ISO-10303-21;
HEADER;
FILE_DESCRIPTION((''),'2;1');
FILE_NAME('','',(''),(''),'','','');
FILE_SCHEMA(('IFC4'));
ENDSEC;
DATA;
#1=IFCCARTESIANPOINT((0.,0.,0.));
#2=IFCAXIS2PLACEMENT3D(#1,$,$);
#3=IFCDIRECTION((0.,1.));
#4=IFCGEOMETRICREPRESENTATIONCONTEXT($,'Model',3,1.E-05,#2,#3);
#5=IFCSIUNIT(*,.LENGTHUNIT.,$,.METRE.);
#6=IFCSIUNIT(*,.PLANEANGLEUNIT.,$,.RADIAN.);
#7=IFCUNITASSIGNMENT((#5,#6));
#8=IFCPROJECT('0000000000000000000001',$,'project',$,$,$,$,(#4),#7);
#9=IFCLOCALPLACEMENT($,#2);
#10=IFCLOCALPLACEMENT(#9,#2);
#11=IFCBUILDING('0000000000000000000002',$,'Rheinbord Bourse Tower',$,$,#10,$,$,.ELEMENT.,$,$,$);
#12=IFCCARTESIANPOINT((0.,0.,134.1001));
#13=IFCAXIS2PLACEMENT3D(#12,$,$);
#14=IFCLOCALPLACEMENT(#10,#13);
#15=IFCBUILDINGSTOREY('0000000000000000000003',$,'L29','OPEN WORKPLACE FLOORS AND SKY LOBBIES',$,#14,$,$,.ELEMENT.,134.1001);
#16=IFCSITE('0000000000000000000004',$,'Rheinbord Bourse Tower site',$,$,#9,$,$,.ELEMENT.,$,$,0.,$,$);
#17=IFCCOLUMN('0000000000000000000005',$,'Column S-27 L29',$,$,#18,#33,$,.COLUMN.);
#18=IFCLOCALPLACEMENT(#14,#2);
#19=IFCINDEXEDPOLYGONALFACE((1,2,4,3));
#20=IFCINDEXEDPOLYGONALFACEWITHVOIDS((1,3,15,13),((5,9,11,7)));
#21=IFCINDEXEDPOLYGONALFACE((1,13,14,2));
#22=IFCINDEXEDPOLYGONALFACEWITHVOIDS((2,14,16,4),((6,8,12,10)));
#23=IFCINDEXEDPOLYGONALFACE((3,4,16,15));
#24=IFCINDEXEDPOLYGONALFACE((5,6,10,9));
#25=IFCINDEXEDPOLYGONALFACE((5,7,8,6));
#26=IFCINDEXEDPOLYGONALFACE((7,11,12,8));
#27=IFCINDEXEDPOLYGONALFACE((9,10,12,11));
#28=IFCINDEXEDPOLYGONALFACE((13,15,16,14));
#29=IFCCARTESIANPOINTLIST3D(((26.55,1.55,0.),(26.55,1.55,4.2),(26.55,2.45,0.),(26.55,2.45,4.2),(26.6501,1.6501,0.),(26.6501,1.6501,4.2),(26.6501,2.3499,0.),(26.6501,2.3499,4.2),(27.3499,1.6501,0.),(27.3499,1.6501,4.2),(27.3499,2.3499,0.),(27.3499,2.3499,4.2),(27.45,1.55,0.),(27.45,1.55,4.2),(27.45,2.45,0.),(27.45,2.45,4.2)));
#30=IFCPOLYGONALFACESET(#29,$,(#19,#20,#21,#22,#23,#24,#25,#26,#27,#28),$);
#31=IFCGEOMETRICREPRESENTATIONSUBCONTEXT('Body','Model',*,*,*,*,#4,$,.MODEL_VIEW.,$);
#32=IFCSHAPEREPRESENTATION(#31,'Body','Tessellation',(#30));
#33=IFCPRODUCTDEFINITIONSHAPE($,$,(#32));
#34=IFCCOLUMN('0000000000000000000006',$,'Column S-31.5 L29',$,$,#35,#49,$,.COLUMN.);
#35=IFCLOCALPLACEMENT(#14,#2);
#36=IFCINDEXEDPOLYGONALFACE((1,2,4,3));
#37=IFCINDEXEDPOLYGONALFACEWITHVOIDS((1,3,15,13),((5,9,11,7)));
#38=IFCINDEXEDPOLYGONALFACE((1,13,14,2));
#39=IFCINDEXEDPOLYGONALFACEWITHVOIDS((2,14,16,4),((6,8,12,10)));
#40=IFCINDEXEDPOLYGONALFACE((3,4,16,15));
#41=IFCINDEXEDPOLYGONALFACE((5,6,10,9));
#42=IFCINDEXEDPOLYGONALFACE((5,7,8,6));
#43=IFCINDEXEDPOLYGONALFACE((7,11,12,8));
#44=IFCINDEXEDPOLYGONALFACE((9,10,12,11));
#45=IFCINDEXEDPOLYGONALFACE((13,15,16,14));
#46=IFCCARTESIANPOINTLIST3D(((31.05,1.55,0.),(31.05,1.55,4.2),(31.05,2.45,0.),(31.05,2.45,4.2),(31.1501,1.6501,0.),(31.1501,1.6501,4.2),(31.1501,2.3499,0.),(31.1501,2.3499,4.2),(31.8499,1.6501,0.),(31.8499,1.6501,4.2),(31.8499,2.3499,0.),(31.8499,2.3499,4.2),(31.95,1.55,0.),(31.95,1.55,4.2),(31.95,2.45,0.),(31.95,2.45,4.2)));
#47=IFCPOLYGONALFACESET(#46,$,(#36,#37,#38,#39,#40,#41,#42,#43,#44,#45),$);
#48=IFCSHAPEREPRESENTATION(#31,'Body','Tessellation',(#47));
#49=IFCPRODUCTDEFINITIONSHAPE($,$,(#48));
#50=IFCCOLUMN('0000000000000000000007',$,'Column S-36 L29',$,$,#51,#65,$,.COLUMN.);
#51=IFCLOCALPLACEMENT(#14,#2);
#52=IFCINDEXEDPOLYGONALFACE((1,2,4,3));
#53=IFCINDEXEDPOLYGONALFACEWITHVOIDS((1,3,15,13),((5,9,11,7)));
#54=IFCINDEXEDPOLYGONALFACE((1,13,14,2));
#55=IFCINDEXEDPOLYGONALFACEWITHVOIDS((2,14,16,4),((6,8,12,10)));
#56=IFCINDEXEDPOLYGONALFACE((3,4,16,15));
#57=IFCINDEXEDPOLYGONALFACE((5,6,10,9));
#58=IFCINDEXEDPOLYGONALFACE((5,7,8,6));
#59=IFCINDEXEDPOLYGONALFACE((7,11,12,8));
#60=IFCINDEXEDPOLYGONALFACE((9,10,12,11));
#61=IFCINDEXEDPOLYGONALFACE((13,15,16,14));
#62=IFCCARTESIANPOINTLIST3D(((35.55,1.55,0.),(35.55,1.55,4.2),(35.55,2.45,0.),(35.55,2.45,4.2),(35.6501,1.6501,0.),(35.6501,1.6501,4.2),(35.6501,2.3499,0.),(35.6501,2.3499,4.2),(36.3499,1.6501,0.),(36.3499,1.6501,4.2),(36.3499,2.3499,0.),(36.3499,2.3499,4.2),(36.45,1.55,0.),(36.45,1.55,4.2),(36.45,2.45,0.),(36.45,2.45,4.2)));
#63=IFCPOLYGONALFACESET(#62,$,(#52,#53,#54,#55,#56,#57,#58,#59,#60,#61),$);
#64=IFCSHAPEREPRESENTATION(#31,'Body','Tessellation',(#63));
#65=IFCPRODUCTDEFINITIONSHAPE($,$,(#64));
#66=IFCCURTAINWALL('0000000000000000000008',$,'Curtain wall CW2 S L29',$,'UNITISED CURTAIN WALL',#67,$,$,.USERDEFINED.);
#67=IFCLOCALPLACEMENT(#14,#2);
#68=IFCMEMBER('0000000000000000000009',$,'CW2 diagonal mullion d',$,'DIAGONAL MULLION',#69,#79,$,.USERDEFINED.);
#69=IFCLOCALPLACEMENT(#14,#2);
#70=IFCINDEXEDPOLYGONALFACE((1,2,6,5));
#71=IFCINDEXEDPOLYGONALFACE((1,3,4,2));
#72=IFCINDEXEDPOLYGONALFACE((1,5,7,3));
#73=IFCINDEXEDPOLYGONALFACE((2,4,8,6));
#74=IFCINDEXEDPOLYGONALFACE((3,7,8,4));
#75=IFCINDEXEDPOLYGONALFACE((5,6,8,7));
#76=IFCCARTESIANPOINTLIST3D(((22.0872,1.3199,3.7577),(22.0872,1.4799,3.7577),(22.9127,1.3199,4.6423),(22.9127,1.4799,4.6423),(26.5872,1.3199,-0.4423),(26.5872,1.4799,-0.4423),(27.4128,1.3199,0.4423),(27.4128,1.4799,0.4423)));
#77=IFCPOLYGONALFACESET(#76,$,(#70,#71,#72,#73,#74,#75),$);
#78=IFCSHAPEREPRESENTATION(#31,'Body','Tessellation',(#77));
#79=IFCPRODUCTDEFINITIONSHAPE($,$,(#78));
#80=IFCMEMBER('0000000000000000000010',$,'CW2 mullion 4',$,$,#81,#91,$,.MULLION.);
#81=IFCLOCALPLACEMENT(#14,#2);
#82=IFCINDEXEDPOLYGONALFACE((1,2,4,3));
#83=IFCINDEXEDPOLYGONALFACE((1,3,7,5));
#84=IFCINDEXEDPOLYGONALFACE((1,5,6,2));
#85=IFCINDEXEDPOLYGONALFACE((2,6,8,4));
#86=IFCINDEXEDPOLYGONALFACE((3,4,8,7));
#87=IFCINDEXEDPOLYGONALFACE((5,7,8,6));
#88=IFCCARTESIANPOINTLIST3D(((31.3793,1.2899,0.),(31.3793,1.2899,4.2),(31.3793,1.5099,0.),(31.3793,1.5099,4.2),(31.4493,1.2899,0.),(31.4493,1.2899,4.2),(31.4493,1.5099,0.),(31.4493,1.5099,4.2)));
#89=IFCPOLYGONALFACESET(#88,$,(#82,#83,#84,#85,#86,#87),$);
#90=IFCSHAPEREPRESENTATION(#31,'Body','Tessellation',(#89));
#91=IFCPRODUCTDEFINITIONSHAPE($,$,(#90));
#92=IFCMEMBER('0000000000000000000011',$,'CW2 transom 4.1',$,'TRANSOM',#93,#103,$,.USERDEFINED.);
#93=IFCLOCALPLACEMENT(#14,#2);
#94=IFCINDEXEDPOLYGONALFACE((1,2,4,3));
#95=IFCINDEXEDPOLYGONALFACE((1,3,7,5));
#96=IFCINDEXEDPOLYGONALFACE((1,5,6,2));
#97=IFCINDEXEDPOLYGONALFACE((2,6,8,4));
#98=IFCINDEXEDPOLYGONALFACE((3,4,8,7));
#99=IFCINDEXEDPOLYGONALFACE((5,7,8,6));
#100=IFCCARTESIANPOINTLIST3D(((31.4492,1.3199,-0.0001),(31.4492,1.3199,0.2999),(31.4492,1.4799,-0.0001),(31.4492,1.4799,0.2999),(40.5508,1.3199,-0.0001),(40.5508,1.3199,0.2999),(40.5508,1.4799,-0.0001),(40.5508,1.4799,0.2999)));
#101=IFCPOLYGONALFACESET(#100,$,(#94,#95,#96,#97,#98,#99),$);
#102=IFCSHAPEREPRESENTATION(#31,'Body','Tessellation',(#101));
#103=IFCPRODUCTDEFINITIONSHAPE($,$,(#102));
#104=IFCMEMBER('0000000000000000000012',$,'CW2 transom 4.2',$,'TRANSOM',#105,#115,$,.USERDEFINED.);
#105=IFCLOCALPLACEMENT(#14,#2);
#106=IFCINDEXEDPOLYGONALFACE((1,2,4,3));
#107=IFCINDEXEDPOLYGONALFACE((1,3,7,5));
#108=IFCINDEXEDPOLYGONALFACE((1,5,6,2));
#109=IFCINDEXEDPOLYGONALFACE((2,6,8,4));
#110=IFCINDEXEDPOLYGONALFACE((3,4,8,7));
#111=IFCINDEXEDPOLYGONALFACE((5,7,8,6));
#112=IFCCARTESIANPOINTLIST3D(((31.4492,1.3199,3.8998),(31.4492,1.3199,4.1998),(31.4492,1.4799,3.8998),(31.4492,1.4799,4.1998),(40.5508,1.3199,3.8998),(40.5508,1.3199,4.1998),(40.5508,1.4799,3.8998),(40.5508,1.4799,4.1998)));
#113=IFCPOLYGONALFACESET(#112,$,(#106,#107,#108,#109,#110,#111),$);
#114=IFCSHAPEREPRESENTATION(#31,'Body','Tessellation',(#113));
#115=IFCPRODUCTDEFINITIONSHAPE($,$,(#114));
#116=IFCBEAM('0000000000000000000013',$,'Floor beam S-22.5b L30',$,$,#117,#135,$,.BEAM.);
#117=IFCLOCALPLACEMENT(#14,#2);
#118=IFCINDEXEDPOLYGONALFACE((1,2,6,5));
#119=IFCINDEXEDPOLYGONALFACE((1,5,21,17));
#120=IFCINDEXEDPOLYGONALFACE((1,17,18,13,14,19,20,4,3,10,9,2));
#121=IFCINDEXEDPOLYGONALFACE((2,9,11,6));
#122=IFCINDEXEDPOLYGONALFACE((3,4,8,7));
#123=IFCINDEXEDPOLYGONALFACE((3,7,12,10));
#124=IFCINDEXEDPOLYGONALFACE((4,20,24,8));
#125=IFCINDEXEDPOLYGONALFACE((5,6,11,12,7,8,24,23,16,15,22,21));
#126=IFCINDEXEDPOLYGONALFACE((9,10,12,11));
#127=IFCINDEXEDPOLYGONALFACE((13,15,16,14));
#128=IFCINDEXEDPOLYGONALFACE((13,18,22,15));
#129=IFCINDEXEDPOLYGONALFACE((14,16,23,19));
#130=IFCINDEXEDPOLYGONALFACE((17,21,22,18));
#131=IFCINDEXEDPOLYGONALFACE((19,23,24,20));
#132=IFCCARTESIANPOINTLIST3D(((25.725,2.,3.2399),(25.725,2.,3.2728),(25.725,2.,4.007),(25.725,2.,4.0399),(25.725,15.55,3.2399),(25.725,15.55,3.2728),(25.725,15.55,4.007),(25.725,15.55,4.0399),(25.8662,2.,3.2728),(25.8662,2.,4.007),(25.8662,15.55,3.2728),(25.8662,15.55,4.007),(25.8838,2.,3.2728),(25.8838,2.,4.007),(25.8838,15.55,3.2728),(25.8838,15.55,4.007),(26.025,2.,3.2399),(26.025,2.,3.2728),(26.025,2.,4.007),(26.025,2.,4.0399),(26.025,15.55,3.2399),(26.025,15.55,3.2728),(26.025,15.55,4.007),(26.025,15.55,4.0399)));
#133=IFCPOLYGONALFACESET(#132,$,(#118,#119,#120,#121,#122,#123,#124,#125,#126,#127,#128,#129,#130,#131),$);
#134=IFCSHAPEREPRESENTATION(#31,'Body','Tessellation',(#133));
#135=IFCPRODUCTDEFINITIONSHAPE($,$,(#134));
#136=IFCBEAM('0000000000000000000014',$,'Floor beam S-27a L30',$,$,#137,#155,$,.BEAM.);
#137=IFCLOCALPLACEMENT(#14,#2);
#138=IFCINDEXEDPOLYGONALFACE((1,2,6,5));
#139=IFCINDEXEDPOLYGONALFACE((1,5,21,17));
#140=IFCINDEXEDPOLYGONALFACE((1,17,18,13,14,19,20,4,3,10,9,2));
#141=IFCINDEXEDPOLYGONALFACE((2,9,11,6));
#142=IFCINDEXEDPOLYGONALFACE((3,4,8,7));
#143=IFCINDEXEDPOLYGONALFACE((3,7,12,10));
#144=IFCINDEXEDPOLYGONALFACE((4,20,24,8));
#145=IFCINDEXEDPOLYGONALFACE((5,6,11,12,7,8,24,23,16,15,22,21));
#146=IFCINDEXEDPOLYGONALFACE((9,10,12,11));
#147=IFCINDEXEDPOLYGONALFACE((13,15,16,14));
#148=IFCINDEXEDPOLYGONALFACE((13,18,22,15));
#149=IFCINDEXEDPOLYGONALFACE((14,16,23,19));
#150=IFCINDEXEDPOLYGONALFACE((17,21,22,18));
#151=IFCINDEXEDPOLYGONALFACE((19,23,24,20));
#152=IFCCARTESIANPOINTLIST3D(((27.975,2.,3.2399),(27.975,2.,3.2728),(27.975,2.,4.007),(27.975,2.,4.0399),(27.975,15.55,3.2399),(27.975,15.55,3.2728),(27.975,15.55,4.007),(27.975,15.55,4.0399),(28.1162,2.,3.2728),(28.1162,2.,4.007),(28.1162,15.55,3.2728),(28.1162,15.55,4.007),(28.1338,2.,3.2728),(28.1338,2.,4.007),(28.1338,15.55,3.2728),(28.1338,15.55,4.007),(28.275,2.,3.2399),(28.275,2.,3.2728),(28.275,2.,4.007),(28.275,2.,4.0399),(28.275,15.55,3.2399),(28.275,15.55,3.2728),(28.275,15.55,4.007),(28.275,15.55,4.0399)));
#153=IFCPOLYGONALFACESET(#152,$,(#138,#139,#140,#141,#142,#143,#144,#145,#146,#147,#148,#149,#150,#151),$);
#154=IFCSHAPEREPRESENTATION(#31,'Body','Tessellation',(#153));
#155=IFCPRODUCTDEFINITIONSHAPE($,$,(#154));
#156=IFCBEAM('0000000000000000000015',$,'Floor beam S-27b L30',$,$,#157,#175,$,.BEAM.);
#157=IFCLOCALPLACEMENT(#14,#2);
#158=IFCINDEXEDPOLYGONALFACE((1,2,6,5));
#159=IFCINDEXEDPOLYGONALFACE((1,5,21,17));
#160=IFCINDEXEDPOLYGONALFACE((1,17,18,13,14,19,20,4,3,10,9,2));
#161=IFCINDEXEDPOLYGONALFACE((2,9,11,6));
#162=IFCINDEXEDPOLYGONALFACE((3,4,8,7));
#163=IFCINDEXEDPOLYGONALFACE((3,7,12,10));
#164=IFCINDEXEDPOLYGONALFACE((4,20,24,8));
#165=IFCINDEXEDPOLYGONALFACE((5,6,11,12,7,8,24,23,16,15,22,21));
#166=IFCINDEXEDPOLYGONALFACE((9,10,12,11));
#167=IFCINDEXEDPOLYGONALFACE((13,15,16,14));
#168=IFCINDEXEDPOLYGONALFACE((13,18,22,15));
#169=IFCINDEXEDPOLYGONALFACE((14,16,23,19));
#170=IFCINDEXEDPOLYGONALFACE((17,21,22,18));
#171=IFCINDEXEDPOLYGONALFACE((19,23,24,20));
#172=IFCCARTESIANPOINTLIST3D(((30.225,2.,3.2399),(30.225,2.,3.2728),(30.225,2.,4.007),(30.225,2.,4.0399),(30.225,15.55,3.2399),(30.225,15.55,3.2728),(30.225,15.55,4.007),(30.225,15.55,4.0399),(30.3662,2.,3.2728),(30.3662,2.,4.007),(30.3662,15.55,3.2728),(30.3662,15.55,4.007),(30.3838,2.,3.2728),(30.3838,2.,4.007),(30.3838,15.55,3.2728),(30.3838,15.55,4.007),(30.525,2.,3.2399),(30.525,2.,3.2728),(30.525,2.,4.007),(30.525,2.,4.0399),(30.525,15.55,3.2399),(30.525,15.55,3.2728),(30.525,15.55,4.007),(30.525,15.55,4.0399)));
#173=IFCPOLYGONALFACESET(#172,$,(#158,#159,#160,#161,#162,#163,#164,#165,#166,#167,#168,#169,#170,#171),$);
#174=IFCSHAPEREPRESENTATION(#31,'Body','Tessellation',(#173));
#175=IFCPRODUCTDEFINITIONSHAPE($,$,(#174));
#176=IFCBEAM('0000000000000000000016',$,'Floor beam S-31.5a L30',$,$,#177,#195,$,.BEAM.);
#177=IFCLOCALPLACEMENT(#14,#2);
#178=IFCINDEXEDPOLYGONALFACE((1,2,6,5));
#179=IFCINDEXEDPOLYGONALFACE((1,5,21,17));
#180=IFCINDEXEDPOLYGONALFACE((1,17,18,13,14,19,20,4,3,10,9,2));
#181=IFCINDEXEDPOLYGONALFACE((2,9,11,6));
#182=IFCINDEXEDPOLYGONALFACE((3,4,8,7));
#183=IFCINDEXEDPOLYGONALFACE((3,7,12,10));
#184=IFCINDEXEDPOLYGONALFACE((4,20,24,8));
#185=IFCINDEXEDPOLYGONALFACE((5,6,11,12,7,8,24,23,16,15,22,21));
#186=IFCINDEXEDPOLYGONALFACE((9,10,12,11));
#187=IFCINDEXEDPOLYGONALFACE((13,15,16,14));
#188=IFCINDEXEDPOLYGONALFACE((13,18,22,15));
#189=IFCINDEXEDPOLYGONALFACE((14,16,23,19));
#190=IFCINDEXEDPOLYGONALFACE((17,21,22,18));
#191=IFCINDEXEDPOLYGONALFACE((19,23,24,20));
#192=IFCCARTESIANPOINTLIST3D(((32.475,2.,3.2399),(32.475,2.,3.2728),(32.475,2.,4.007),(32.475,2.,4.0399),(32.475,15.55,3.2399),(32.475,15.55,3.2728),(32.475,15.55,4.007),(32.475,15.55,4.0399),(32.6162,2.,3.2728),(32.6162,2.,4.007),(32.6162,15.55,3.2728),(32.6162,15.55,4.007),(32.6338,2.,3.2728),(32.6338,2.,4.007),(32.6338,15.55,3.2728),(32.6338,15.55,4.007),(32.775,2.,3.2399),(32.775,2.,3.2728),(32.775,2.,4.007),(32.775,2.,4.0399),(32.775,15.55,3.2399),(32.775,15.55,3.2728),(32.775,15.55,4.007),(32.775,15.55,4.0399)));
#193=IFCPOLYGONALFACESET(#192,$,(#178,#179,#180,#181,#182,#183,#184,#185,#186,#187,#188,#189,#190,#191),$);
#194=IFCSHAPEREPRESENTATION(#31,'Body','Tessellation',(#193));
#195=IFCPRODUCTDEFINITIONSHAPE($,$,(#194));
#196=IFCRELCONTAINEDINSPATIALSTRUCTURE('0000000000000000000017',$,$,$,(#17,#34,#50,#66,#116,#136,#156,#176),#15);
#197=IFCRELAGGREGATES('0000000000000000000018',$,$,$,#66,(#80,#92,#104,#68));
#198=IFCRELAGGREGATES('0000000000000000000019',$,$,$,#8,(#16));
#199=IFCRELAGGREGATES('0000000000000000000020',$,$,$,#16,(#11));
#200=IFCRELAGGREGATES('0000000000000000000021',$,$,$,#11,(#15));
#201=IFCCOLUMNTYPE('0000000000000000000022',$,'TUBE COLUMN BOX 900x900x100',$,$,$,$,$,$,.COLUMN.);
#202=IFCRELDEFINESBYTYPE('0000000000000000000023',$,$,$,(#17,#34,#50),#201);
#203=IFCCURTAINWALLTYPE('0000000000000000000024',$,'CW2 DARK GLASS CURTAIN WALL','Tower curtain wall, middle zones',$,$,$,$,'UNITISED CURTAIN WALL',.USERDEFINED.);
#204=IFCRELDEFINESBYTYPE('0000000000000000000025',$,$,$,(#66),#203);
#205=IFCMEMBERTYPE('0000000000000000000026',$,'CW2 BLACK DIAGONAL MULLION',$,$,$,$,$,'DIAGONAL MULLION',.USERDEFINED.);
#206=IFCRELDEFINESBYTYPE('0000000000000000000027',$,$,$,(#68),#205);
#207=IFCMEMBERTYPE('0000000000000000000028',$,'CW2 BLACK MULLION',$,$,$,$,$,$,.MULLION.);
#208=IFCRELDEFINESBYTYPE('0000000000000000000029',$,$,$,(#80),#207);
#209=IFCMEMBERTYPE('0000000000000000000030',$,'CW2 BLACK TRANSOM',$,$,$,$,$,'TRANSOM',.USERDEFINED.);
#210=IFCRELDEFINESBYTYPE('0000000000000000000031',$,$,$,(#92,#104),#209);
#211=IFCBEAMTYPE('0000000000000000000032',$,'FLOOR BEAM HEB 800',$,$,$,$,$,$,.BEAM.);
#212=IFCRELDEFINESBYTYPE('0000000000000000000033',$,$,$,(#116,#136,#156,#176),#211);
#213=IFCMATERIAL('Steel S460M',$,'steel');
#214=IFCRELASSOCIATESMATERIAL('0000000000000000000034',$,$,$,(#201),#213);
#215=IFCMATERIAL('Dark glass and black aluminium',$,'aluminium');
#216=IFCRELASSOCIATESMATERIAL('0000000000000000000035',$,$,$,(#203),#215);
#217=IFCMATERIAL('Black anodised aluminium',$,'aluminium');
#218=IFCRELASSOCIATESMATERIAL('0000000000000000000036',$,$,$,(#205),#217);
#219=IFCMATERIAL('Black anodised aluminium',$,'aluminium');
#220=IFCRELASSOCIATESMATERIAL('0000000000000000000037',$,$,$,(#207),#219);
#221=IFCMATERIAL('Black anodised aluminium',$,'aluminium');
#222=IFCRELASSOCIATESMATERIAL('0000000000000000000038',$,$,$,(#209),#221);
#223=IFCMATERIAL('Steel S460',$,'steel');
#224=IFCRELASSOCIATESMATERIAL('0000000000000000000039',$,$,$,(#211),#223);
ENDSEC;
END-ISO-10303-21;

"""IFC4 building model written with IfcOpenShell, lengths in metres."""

from ifc_helpers import new_model, si_unit, direction, frame, origin, origin_2d, place, context, subcontext, project, spatial, rectangle, hollow_rectangle, i_section, extrude, material, material_profile, profile_set, type_object, element, aggregate, save


model = new_model("IFC4")

# Units and contexts
model_context = context("Model", 3, precision=1e-05, world=origin(), true_north=direction((0.0, 1.0)))
body_context = subcontext(model_context, "Body", "Model", "MODEL_VIEW")
ifc_project = project(units=[si_unit("LENGTHUNIT", "METRE"), si_unit("PLANEANGLEUNIT", "RADIAN")], contexts=[model_context])

# Site, building, storey
site_placement = place(None, origin())
site = spatial("IfcSite", under=ifc_project, at=site_placement, Name="Rheinbord Bourse Tower site", CompositionType="ELEMENT", RefElevation=0.0)
building_placement = place(site_placement, origin())
building = spatial("IfcBuilding", under=site, at=building_placement, Name="Rheinbord Bourse Tower", CompositionType="ELEMENT")
storey_placement = place(building_placement, frame((0.0, 0.0, 134.1001)))
storey = spatial("IfcBuildingStorey", under=building, at=storey_placement, Name="L29", Description="OPEN WORKPLACE FLOORS AND SKY LOBBIES", CompositionType="ELEMENT", Elevation=134.1001)

# Columns
ifc_material_1 = material(Name="Steel S460M", Category="steel")
ifc_material_profile_1 = material_profile(ifc_material_1, hollow_rectangle(XDim=0.8999, YDim=0.8999, WallThickness=0.1001, at=origin_2d()), Name="BOX 900x900x100")
ifc_profile_set_1 = profile_set([ifc_material_profile_1], Name="Steel S460M")
column_type = type_object("IfcColumnType", Name="TUBE COLUMN BOX 900x900x100", PredefinedType="COLUMN", material=ifc_profile_set_1)
for number, where, z_axis, x_axis, name in (
    (1, (27.0, 2.0, 0.0), (0.0, 0.0, 1.0), (0.0, 1.0, 0.0), "Column S-27 L29"),
    (2, (31.5, 2.0, 0.0), (0.0, 0.0, 1.0), (0.0, 1.0, 0.0), "Column S-31.5 L29"),
    (3, (36.0, 2.0, 0.0), (0.0, 0.0, 1.0), (0.0, 1.0, 0.0), "Column S-36 L29"),
):
    element("IfcColumn", number, at=place(storey_placement, frame(where, z_axis=z_axis, x_axis=x_axis)), inside=storey, type_object=column_type, Name=name, PredefinedType="COLUMN", context=body_context, shape_type="SweptSolid", body=[
        extrude(hollow_rectangle(XDim=0.8999, YDim=0.8999, WallThickness=0.1001, at=origin_2d()), origin(), (0.0, 0.0, 1.0), 4.2),
    ])

# Curtain wall, members
ifc_material_2 = material(Name="Dark glass and black aluminium", Category="aluminium")
curtain_wall_type = type_object("IfcCurtainWallType", Name="CW2 DARK GLASS CURTAIN WALL", Description="Tower curtain wall, middle zones", ElementType="UNITISED CURTAIN WALL", PredefinedType="USERDEFINED", material=ifc_material_2)
curtain_wall_placement = place(storey_placement, origin())
curtain_wall = element("IfcCurtainWall", 4, at=curtain_wall_placement, inside=storey, type_object=curtain_wall_type, Name="Curtain wall CW2 S L29", ObjectType="UNITISED CURTAIN WALL", PredefinedType="USERDEFINED")
ifc_material_3 = material(Name="Black anodised aluminium", Category="aluminium")
ifc_material_profile_2 = material_profile(ifc_material_3, rectangle(XDim=0.1599, YDim=1.21, at=origin_2d()), Name="CW2 DIAGONAL MULLION 1210x160")
ifc_profile_set_2 = profile_set([ifc_material_profile_2], Name="Black anodised aluminium")
member_type_1 = type_object("IfcMemberType", Name="CW2 BLACK DIAGONAL MULLION", ElementType="DIAGONAL MULLION", PredefinedType="USERDEFINED", material=ifc_profile_set_2)
member_1_placement = place(storey_placement, frame((27.0, 1.3999, 0.0), z_axis=(-0.731059, 0.0, 0.682314), x_axis=(0.0, -1.0, 0.0)))
member_1 = element("IfcMember", 5, at=member_1_placement, type_object=member_type_1, Name="CW2 diagonal mullion d", ObjectType="DIAGONAL MULLION", PredefinedType="USERDEFINED", context=body_context, shape_type="SweptSolid", body=[
    extrude(rectangle(XDim=0.1599, YDim=1.21, at=origin_2d()), origin(), (0.0, 0.0, 1.0), 6.1555),
])
ifc_material_4 = material(Name="Black anodised aluminium", Category="aluminium")
ifc_material_profile_3 = material_profile(ifc_material_4, rectangle(XDim=0.22, YDim=0.0701, at=origin_2d()), Name="CW2 MULLION 70x220")
ifc_profile_set_3 = profile_set([ifc_material_profile_3], Name="Black anodised aluminium")
member_type_2 = type_object("IfcMemberType", Name="CW2 BLACK MULLION", PredefinedType="MULLION", material=ifc_profile_set_3)
member_2_placement = place(storey_placement, frame((31.4143, 1.3999, 0.0), z_axis=(0.0, 0.0, 1.0), x_axis=(0.0, 1.0, 0.0)))
member_2 = element("IfcMember", 6, at=member_2_placement, type_object=member_type_2, Name="CW2 mullion 4", PredefinedType="MULLION", context=body_context, shape_type="SweptSolid", body=[
    extrude(rectangle(XDim=0.22, YDim=0.0701, at=origin_2d()), origin(), (0.0, 0.0, 1.0), 4.2),
])
ifc_material_5 = material(Name="Black anodised aluminium", Category="aluminium")
ifc_material_profile_4 = material_profile(ifc_material_5, rectangle(XDim=0.1599, YDim=0.3, at=origin_2d()), Name="CW2 TRANSOM 300x160")
ifc_profile_set_4 = profile_set([ifc_material_profile_4], Name="Black anodised aluminium")
member_type_3 = type_object("IfcMemberType", Name="CW2 BLACK TRANSOM", ElementType="TRANSOM", PredefinedType="USERDEFINED", material=ifc_profile_set_4)
member_3_placement = place(storey_placement, frame((31.4492, 1.3999, 0.1499), z_axis=(1.0, 0.0, 0.0), x_axis=(0.0, 1.0, 0.0)))
member_3 = element("IfcMember", 7, at=member_3_placement, type_object=member_type_3, Name="CW2 transom 4.1", ObjectType="TRANSOM", PredefinedType="USERDEFINED", context=body_context, shape_type="SweptSolid", body=[
    extrude(rectangle(XDim=0.1599, YDim=0.3, at=origin_2d()), origin(), (0.0, 0.0, 1.0), 9.1016),
])
member_4_placement = place(storey_placement, frame((31.4492, 1.3999, 4.0498), z_axis=(1.0, 0.0, 0.0), x_axis=(0.0, 1.0, 0.0)))
member_4 = element("IfcMember", 8, at=member_4_placement, type_object=member_type_3, Name="CW2 transom 4.2", ObjectType="TRANSOM", PredefinedType="USERDEFINED", context=body_context, shape_type="SweptSolid", body=[
    extrude(rectangle(XDim=0.1599, YDim=0.3, at=origin_2d()), origin(), (0.0, 0.0, 1.0), 9.1016),
])

# Beams
ifc_material_6 = material(Name="Steel S460", Category="steel")
ifc_material_profile_5 = material_profile(ifc_material_6, i_section(OverallWidth=0.3, OverallDepth=0.8, WebThickness=0.0176, FlangeThickness=0.033, at=origin_2d()), Name="HEB 800")
ifc_profile_set_5 = profile_set([ifc_material_profile_5], Name="Steel S460")
beam_type_1 = type_object("IfcBeamType", Name="FLOOR BEAM HEB 800", PredefinedType="BEAM", material=ifc_profile_set_5)
for number, where, z_axis, x_axis, name in (
    (9, (25.875, 2.0, 3.6399), (0.0, 1.0, 0.0), (-1.0, 0.0, 0.0), "Floor beam S-22.5b L30"),
    (10, (28.125, 2.0, 3.6399), (0.0, 1.0, 0.0), (-1.0, 0.0, 0.0), "Floor beam S-27a L30"),
    (11, (30.375, 2.0, 3.6399), (0.0, 1.0, 0.0), (-1.0, 0.0, 0.0), "Floor beam S-27b L30"),
    (12, (32.625, 2.0, 3.6399), (0.0, 1.0, 0.0), (-1.0, 0.0, 0.0), "Floor beam S-31.5a L30"),
):
    element("IfcBeam", number, at=place(storey_placement, frame(where, z_axis=z_axis, x_axis=x_axis)), inside=storey, type_object=beam_type_1, Name=name, PredefinedType="BEAM", context=body_context, shape_type="SweptSolid", body=[
        extrude(i_section(OverallWidth=0.3, OverallDepth=0.8, WebThickness=0.0176, FlangeThickness=0.033, at=origin_2d()), origin(), (0.0, 0.0, 1.0), 13.55),
    ])

aggregate(curtain_wall, [member_2, member_3, member_4, member_1])

save(model, "model.ifc")
